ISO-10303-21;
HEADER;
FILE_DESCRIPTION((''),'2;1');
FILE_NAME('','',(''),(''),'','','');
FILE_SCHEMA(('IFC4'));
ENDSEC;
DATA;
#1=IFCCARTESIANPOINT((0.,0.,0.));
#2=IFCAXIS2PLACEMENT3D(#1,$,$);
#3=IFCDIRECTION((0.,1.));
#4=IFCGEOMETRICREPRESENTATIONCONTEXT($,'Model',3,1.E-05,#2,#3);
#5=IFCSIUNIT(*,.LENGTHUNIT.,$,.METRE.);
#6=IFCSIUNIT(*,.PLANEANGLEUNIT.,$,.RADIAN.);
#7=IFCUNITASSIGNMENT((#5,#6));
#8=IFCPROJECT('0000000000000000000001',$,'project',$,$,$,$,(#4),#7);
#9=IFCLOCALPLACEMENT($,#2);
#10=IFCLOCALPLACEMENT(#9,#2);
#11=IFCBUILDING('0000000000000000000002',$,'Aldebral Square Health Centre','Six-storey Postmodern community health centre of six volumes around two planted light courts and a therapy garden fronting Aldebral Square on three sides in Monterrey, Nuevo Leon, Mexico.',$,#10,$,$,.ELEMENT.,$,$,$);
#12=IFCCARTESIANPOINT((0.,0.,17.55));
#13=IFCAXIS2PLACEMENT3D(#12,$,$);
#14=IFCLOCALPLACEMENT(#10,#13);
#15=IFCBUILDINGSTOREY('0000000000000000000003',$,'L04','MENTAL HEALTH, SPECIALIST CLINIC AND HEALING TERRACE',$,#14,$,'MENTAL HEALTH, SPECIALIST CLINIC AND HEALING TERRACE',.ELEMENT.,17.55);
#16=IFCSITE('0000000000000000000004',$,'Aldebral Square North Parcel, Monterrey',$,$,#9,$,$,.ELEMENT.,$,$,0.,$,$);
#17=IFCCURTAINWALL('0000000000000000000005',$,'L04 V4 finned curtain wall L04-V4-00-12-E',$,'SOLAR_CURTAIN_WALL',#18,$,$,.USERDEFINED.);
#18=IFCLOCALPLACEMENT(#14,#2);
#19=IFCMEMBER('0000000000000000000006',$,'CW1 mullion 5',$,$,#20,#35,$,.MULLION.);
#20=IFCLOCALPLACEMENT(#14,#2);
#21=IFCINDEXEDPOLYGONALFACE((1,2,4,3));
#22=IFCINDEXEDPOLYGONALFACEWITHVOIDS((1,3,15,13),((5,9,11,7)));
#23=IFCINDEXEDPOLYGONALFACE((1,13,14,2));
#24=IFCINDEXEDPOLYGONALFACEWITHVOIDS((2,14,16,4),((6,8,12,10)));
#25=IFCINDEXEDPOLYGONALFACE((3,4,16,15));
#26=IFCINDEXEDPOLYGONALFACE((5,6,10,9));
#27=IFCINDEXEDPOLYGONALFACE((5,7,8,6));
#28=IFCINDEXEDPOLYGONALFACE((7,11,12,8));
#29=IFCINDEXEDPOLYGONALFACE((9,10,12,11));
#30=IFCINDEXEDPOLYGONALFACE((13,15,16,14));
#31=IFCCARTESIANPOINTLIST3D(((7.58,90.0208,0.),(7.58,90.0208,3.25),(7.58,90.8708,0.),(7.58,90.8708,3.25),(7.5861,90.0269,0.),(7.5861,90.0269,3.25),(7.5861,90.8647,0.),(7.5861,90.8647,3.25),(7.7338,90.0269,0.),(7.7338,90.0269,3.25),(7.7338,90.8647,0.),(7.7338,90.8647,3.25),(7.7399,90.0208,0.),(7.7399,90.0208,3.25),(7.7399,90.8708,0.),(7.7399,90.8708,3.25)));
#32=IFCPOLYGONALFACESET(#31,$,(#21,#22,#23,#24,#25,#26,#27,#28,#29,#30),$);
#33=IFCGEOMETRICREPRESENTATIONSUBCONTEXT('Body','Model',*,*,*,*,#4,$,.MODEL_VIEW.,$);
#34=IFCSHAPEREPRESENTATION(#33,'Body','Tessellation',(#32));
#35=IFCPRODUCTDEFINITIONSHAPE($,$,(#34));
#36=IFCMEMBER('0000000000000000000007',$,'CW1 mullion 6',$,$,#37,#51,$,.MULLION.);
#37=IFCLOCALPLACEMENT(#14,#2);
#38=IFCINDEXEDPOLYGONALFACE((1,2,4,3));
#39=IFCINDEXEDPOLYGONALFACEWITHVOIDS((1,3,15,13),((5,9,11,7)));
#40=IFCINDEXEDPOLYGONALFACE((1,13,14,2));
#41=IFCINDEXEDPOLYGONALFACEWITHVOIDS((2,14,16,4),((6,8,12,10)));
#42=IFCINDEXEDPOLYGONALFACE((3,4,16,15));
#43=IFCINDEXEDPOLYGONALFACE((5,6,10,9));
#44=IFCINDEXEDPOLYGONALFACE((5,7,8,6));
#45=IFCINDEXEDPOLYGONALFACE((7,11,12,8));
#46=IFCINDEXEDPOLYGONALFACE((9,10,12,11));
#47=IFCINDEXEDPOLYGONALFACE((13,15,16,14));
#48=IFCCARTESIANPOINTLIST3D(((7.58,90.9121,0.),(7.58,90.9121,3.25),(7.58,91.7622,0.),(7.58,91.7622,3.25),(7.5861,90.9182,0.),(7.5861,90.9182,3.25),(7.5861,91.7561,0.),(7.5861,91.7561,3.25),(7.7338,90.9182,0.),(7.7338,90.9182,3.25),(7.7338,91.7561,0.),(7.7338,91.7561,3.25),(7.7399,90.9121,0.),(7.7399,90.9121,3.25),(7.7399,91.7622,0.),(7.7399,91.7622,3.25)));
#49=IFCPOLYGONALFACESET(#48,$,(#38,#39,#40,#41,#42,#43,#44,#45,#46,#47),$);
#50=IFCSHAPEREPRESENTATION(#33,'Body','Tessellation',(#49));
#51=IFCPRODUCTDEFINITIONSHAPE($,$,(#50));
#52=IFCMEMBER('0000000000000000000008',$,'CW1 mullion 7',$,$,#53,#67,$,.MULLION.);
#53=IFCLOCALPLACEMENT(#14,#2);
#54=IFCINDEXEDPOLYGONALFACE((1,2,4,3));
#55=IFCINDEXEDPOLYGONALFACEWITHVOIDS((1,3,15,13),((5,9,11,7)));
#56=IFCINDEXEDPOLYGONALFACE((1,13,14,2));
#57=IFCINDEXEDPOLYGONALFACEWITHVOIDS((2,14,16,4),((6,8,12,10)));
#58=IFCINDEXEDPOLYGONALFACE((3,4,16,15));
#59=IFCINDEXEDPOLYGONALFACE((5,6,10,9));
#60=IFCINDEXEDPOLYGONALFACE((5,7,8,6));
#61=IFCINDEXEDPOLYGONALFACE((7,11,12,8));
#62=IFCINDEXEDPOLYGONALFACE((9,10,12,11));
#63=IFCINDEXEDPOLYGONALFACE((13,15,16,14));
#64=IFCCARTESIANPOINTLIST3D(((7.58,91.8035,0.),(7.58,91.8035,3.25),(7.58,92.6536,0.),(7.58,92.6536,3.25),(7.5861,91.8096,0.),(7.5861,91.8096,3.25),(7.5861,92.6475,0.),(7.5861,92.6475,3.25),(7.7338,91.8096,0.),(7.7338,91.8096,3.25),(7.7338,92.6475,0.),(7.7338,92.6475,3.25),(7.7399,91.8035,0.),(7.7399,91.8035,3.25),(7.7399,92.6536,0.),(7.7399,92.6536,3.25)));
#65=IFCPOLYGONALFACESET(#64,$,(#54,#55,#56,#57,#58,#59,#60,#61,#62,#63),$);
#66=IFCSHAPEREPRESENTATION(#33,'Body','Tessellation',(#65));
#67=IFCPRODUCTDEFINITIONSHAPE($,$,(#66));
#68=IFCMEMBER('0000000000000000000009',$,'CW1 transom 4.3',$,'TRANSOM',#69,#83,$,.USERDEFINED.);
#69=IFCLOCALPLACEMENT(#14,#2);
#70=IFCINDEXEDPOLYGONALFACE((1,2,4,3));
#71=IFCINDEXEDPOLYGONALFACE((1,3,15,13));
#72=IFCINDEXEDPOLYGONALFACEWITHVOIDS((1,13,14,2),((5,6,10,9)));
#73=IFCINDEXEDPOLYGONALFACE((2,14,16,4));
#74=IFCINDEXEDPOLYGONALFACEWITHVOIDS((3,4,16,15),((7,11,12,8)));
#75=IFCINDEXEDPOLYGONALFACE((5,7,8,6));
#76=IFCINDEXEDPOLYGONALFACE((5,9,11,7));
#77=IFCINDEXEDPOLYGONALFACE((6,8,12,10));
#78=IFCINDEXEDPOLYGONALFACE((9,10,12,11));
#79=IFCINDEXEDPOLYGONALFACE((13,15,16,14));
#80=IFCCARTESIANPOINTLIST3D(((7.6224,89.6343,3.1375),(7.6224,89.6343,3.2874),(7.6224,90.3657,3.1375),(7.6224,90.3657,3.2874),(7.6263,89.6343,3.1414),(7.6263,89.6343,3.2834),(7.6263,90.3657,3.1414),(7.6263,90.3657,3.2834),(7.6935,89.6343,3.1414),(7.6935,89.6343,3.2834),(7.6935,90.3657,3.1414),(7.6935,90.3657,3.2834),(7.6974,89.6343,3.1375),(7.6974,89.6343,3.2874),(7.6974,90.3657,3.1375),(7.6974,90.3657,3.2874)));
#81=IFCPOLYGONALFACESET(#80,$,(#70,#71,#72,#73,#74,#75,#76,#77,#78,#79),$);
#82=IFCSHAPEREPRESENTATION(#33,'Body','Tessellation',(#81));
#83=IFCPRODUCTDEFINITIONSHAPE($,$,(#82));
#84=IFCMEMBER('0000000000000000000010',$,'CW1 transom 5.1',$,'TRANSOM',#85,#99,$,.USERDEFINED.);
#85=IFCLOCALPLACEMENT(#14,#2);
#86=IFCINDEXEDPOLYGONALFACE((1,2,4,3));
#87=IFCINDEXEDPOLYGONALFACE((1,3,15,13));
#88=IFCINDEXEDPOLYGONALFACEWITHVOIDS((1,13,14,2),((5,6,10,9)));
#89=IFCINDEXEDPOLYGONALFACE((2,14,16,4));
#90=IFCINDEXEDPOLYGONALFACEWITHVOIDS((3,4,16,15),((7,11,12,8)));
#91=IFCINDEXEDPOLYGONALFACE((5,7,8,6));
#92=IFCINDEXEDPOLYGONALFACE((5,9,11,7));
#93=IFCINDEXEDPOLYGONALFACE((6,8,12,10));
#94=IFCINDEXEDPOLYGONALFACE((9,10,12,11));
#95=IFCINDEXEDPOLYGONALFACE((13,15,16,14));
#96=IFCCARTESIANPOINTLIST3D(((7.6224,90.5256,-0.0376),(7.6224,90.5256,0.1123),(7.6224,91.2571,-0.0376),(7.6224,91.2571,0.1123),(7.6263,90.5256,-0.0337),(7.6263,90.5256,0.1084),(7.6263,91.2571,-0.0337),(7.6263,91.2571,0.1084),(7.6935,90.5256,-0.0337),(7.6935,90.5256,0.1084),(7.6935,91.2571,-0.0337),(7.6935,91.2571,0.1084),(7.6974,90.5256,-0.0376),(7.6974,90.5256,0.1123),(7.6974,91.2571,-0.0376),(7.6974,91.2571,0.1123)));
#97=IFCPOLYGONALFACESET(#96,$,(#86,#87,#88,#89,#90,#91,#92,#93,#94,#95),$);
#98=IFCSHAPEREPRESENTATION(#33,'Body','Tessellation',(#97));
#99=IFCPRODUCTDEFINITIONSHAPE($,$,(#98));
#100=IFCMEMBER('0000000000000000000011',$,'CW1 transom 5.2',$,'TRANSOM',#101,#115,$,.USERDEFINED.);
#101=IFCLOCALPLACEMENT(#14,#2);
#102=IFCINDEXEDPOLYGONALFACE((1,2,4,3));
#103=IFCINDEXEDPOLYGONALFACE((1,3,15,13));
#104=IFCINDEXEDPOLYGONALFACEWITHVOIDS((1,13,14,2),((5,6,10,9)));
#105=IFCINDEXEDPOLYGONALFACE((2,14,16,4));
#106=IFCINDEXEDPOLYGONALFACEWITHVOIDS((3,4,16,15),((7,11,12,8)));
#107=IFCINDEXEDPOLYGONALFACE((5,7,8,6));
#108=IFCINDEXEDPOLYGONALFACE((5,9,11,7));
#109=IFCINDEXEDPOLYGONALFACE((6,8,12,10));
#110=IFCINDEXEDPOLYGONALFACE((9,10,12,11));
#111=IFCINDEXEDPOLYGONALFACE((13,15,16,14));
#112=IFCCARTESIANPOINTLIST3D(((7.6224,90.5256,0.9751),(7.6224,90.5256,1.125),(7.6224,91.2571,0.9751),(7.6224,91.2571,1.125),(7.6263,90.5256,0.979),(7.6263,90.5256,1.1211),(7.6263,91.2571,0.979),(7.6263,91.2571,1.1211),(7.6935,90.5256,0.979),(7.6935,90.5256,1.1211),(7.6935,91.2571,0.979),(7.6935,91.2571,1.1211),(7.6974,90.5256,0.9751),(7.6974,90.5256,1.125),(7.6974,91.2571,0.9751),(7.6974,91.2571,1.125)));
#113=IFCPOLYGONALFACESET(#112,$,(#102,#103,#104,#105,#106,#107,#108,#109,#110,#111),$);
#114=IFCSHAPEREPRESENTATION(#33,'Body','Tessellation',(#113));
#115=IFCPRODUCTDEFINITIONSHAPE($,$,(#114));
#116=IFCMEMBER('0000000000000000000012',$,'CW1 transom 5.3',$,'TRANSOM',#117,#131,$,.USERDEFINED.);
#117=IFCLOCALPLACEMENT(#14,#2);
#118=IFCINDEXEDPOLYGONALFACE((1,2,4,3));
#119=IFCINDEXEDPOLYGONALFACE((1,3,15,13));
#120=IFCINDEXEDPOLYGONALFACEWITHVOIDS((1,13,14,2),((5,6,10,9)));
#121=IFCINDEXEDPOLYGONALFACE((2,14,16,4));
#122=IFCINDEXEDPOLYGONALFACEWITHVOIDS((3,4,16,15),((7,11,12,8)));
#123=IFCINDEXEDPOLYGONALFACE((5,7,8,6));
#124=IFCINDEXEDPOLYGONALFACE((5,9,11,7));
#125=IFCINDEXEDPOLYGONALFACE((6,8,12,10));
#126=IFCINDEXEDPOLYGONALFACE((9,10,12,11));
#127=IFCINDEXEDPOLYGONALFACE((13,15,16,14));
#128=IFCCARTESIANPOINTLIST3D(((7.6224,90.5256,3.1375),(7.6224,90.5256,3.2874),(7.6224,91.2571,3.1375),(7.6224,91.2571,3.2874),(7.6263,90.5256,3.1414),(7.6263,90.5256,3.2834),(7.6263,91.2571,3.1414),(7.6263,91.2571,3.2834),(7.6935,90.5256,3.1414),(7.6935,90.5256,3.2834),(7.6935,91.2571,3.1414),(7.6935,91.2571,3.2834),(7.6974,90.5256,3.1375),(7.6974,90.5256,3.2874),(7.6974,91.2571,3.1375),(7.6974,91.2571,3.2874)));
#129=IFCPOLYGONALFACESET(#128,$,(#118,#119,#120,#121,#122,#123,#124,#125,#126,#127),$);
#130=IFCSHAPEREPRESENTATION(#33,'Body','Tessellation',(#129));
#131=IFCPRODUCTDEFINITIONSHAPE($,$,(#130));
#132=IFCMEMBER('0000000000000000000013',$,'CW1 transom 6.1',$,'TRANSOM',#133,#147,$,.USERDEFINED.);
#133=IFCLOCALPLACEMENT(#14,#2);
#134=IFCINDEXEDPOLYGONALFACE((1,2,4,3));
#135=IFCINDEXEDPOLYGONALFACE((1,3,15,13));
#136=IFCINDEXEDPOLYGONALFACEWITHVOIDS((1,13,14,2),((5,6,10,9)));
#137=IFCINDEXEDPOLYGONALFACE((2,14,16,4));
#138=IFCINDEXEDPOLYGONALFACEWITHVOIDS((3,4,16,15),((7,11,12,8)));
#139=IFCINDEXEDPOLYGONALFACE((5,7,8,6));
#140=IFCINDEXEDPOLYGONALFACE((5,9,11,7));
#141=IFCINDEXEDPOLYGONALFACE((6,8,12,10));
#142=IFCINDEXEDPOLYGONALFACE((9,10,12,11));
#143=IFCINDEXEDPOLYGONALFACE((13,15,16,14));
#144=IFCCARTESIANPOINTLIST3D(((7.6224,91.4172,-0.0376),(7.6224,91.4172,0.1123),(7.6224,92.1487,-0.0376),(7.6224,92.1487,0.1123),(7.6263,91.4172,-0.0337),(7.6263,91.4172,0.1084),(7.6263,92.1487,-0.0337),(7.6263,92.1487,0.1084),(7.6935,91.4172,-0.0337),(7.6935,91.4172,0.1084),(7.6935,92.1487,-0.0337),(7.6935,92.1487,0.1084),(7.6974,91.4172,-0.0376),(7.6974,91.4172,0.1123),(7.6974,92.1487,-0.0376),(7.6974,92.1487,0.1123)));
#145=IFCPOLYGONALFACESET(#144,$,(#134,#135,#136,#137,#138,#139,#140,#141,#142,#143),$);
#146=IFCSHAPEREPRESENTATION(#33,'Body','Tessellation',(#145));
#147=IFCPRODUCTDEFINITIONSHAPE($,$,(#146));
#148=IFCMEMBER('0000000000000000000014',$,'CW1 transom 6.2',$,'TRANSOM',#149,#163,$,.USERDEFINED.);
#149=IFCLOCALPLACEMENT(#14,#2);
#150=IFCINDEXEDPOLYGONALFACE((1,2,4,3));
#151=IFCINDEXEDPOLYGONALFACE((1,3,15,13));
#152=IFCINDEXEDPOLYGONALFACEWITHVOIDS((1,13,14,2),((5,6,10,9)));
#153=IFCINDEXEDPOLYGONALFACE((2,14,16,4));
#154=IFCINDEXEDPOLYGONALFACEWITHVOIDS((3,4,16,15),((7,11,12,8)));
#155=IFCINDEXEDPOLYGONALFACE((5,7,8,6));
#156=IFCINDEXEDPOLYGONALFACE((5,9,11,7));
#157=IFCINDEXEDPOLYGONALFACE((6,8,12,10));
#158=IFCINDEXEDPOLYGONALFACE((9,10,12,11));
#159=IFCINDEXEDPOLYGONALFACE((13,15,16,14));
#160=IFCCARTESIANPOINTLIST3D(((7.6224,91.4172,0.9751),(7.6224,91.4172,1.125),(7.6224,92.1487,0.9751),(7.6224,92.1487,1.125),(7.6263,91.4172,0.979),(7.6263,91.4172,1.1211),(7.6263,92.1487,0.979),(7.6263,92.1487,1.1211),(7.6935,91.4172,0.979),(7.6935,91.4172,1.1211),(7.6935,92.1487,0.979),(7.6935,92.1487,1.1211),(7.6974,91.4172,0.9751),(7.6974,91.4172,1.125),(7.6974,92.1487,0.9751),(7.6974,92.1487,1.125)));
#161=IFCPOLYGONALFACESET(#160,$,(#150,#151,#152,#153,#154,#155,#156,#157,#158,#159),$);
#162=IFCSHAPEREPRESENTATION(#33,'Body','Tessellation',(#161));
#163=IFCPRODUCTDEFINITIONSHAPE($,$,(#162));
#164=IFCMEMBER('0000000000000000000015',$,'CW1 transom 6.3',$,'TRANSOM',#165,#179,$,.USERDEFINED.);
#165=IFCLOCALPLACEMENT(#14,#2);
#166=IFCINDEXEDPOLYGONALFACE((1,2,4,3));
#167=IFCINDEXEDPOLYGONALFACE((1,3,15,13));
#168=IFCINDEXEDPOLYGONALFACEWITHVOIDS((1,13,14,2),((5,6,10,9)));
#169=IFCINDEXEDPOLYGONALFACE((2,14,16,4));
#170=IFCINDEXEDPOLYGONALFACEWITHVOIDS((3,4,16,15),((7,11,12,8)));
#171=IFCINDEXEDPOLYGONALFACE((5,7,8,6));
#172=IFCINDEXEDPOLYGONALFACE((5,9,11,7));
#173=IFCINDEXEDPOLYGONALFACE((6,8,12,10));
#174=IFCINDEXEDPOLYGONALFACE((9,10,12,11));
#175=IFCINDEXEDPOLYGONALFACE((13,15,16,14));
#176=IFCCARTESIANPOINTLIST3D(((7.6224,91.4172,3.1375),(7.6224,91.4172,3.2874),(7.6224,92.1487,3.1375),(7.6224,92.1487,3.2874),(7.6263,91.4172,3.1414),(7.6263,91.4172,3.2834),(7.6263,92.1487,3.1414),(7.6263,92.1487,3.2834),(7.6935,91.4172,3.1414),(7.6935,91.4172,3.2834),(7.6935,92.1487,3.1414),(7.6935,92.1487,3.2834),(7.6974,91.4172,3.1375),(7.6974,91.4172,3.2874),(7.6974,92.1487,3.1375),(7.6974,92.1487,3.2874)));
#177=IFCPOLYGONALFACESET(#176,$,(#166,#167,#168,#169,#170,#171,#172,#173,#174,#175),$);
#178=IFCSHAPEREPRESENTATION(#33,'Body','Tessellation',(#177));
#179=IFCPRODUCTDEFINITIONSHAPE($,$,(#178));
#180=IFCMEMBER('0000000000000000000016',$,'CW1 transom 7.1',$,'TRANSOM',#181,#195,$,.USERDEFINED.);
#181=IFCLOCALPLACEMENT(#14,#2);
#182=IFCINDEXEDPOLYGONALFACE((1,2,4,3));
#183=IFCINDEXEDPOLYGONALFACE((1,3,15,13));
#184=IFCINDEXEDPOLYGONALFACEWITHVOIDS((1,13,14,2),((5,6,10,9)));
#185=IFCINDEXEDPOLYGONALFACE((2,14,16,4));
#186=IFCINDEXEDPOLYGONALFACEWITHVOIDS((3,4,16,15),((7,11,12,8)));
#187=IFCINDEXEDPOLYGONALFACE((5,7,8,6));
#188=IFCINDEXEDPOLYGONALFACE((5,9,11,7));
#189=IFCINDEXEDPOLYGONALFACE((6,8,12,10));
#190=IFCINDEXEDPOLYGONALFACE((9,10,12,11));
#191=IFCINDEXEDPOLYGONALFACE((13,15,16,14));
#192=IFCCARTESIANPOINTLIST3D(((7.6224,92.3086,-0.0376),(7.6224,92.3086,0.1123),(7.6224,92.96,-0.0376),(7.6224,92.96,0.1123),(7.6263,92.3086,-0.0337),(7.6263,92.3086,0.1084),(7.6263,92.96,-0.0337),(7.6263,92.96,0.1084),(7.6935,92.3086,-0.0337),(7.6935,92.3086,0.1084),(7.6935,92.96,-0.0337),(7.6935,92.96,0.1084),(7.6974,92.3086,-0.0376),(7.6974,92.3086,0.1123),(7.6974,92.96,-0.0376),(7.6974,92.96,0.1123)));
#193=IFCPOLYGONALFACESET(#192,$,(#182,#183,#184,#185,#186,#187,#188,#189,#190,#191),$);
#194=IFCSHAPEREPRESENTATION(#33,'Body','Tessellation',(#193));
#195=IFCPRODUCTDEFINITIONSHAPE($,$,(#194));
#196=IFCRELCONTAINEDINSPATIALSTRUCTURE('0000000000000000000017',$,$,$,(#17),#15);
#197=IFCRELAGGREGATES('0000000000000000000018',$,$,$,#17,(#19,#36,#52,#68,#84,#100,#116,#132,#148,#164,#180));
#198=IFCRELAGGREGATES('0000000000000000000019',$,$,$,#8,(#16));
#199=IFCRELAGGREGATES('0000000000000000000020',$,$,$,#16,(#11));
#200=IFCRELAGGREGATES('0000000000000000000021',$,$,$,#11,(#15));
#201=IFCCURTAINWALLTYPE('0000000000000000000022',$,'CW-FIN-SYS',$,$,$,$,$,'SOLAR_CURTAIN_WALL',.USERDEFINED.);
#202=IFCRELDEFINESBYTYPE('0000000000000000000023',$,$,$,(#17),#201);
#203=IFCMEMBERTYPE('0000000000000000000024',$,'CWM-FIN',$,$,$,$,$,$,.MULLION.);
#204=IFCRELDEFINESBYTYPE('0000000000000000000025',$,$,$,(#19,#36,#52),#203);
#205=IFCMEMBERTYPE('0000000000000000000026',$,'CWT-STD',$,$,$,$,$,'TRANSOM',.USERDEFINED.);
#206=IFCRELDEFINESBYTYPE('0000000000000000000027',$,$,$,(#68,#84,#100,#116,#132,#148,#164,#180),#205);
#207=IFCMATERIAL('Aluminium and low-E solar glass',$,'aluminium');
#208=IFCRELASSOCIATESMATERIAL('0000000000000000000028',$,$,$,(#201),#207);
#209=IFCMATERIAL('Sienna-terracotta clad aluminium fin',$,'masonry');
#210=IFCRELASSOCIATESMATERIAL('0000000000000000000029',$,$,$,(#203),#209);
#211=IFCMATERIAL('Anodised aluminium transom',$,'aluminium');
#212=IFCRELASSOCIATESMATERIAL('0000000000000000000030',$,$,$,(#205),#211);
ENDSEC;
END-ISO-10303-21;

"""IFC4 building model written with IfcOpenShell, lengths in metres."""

from ifc_helpers import new_model, si_unit, direction, frame, origin, origin_2d, place, context, subcontext, project, spatial, hollow_rectangle, extrude, material, material_profile, profile_set, type_object, element, aggregate, save


model = new_model("IFC4")

# Units and contexts
model_context = context("Model", 3, precision=1e-05, world=origin(), true_north=direction((0.0, 1.0)))
body_context = subcontext(model_context, "Body", "Model", "MODEL_VIEW")
ifc_project = project(units=[si_unit("LENGTHUNIT", "METRE"), si_unit("PLANEANGLEUNIT", "RADIAN")], contexts=[model_context])

# Site, building, storey
site_placement = place(None, origin())
site = spatial("IfcSite", under=ifc_project, at=site_placement, Name="Aldebral Square North Parcel, Monterrey", CompositionType="ELEMENT", RefElevation=0.0)
building_placement = place(site_placement, origin())
building = spatial("IfcBuilding", under=site, at=building_placement, Name="Aldebral Square Health Centre", Description="Six-storey Postmodern community health centre of six volumes around two planted light courts and a therapy garden fronting Aldebral Square on three sides in Monterrey, Nuevo Leon, Mexico.", CompositionType="ELEMENT")
storey_placement = place(building_placement, frame((0.0, 0.0, 17.55)))
storey = spatial("IfcBuildingStorey", under=building, at=storey_placement, Name="L04", Description="MENTAL HEALTH, SPECIALIST CLINIC AND HEALING TERRACE", LongName="MENTAL HEALTH, SPECIALIST CLINIC AND HEALING TERRACE", CompositionType="ELEMENT", Elevation=17.55)

# Curtain wall, members
ifc_material_1 = material(Name="Aluminium and low-E solar glass", Category="aluminium")
curtain_wall_type = type_object("IfcCurtainWallType", Name="CW-FIN-SYS", ElementType="SOLAR_CURTAIN_WALL", PredefinedType="USERDEFINED", material=ifc_material_1)
curtain_wall_placement = place(storey_placement, origin())
curtain_wall = element("IfcCurtainWall", 1, at=curtain_wall_placement, inside=storey, type_object=curtain_wall_type, Name="L04 V4 finned curtain wall L04-V4-00-12-E", ObjectType="SOLAR_CURTAIN_WALL", PredefinedType="USERDEFINED")
ifc_material_2 = material(Name="Sienna-terracotta clad aluminium fin", Category="masonry")
ifc_material_profile_1 = material_profile(ifc_material_2, hollow_rectangle(XDim=0.1599, YDim=0.8501, WallThickness=0.0061, at=origin_2d()), Name="FIN 160x850x6")
ifc_profile_set_1 = profile_set([ifc_material_profile_1], Name="Sienna-terracotta clad aluminium fin")
member_type_1 = type_object("IfcMemberType", Name="CWM-FIN", PredefinedType="MULLION", material=ifc_profile_set_1)
member_1_placement = place(storey_placement, frame((7.6599, 90.4458, 0.0), z_axis=(0.0, 0.0, 1.0), x_axis=(-1.0, 0.0, 0.0)))
member_1 = element("IfcMember", 2, at=member_1_placement, type_object=member_type_1, Name="CW1 mullion 5", PredefinedType="MULLION", context=body_context, shape_type="SweptSolid", body=[
    extrude(hollow_rectangle(XDim=0.1599, YDim=0.8501, WallThickness=0.0061, at=origin_2d()), origin(), (0.0, 0.0, 1.0), 3.25),
])
member_2_placement = place(storey_placement, frame((7.6599, 91.3372, 0.0), z_axis=(0.0, 0.0, 1.0), x_axis=(-1.0, 0.0, 0.0)))
member_2 = element("IfcMember", 3, at=member_2_placement, type_object=member_type_1, Name="CW1 mullion 6", PredefinedType="MULLION", context=body_context, shape_type="SweptSolid", body=[
    extrude(hollow_rectangle(XDim=0.1599, YDim=0.8501, WallThickness=0.0061, at=origin_2d()), origin(), (0.0, 0.0, 1.0), 3.25),
])
member_3_placement = place(storey_placement, frame((7.6599, 92.2285, 0.0), z_axis=(0.0, 0.0, 1.0), x_axis=(-1.0, 0.0, 0.0)))
member_3 = element("IfcMember", 4, at=member_3_placement, type_object=member_type_1, Name="CW1 mullion 7", PredefinedType="MULLION", context=body_context, shape_type="SweptSolid", body=[
    extrude(hollow_rectangle(XDim=0.1599, YDim=0.8501, WallThickness=0.0061, at=origin_2d()), origin(), (0.0, 0.0, 1.0), 3.25),
])
ifc_material_3 = material(Name="Anodised aluminium transom", Category="aluminium")
ifc_material_profile_2 = material_profile(ifc_material_3, hollow_rectangle(XDim=0.075, YDim=0.1499, WallThickness=0.0039, at=origin_2d()), Name="CWT 75x150x4")
ifc_profile_set_2 = profile_set([ifc_material_profile_2], Name="Anodised aluminium transom")
member_type_2 = type_object("IfcMemberType", Name="CWT-STD", ElementType="TRANSOM", PredefinedType="USERDEFINED", material=ifc_profile_set_2)
member_4_placement = place(storey_placement, frame((7.6599, 89.6343, 3.2124), z_axis=(0.0, 1.0, 0.0), x_axis=(-1.0, 0.0, 0.0)))
member_4 = element("IfcMember", 5, at=member_4_placement, type_object=member_type_2, Name="CW1 transom 4.3", ObjectType="TRANSOM", PredefinedType="USERDEFINED", context=body_context, shape_type="SweptSolid", body=[
    extrude(hollow_rectangle(XDim=0.075, YDim=0.1499, WallThickness=0.0039, at=origin_2d()), origin(), (0.0, 0.0, 1.0), 0.7314),
])
member_5_placement = place(storey_placement, frame((7.6599, 90.5256, 0.0374), z_axis=(0.0, 1.0, 0.0), x_axis=(-1.0, 0.0, 0.0)))
member_5 = element("IfcMember", 6, at=member_5_placement, type_object=member_type_2, Name="CW1 transom 5.1", ObjectType="TRANSOM", PredefinedType="USERDEFINED", context=body_context, shape_type="SweptSolid", body=[
    extrude(hollow_rectangle(XDim=0.075, YDim=0.1499, WallThickness=0.0039, at=origin_2d()), origin(), (0.0, 0.0, 1.0), 0.7314),
])
member_6_placement = place(storey_placement, frame((7.6599, 90.5256, 1.05), z_axis=(0.0, 1.0, 0.0), x_axis=(-1.0, 0.0, 0.0)))
member_6 = element("IfcMember", 7, at=member_6_placement, type_object=member_type_2, Name="CW1 transom 5.2", ObjectType="TRANSOM", PredefinedType="USERDEFINED", context=body_context, shape_type="SweptSolid", body=[
    extrude(hollow_rectangle(XDim=0.075, YDim=0.1499, WallThickness=0.0039, at=origin_2d()), origin(), (0.0, 0.0, 1.0), 0.7314),
])
member_7_placement = place(storey_placement, frame((7.6599, 90.5256, 3.2124), z_axis=(0.0, 1.0, 0.0), x_axis=(-1.0, 0.0, 0.0)))
member_7 = element("IfcMember", 8, at=member_7_placement, type_object=member_type_2, Name="CW1 transom 5.3", ObjectType="TRANSOM", PredefinedType="USERDEFINED", context=body_context, shape_type="SweptSolid", body=[
    extrude(hollow_rectangle(XDim=0.075, YDim=0.1499, WallThickness=0.0039, at=origin_2d()), origin(), (0.0, 0.0, 1.0), 0.7314),
])
member_8_placement = place(storey_placement, frame((7.6599, 91.4172, 0.0374), z_axis=(0.0, 1.0, 0.0), x_axis=(-1.0, 0.0, 0.0)))
member_8 = element("IfcMember", 9, at=member_8_placement, type_object=member_type_2, Name="CW1 transom 6.1", ObjectType="TRANSOM", PredefinedType="USERDEFINED", context=body_context, shape_type="SweptSolid", body=[
    extrude(hollow_rectangle(XDim=0.075, YDim=0.1499, WallThickness=0.0039, at=origin_2d()), origin(), (0.0, 0.0, 1.0), 0.7314),
])
member_9_placement = place(storey_placement, frame((7.6599, 91.4172, 1.05), z_axis=(0.0, 1.0, 0.0), x_axis=(-1.0, 0.0, 0.0)))
member_9 = element("IfcMember", 10, at=member_9_placement, type_object=member_type_2, Name="CW1 transom 6.2", ObjectType="TRANSOM", PredefinedType="USERDEFINED", context=body_context, shape_type="SweptSolid", body=[
    extrude(hollow_rectangle(XDim=0.075, YDim=0.1499, WallThickness=0.0039, at=origin_2d()), origin(), (0.0, 0.0, 1.0), 0.7314),
])
member_10_placement = place(storey_placement, frame((7.6599, 91.4172, 3.2124), z_axis=(0.0, 1.0, 0.0), x_axis=(-1.0, 0.0, 0.0)))
member_10 = element("IfcMember", 11, at=member_10_placement, type_object=member_type_2, Name="CW1 transom 6.3", ObjectType="TRANSOM", PredefinedType="USERDEFINED", context=body_context, shape_type="SweptSolid", body=[
    extrude(hollow_rectangle(XDim=0.075, YDim=0.1499, WallThickness=0.0039, at=origin_2d()), origin(), (0.0, 0.0, 1.0), 0.7314),
])
member_11_placement = place(storey_placement, frame((7.6599, 92.3086, 0.0374), z_axis=(0.0, 1.0, 0.0), x_axis=(-1.0, 0.0, 0.0)))
member_11 = element("IfcMember", 12, at=member_11_placement, type_object=member_type_2, Name="CW1 transom 7.1", ObjectType="TRANSOM", PredefinedType="USERDEFINED", context=body_context, shape_type="SweptSolid", body=[
    extrude(hollow_rectangle(XDim=0.075, YDim=0.1499, WallThickness=0.0039, at=origin_2d()), origin(), (0.0, 0.0, 1.0), 0.6514),
])
aggregate(curtain_wall, [member_1, member_2, member_3, member_4, member_5, member_6, member_7, member_8, member_9, member_10, member_11])

save(model, "model.ifc")
